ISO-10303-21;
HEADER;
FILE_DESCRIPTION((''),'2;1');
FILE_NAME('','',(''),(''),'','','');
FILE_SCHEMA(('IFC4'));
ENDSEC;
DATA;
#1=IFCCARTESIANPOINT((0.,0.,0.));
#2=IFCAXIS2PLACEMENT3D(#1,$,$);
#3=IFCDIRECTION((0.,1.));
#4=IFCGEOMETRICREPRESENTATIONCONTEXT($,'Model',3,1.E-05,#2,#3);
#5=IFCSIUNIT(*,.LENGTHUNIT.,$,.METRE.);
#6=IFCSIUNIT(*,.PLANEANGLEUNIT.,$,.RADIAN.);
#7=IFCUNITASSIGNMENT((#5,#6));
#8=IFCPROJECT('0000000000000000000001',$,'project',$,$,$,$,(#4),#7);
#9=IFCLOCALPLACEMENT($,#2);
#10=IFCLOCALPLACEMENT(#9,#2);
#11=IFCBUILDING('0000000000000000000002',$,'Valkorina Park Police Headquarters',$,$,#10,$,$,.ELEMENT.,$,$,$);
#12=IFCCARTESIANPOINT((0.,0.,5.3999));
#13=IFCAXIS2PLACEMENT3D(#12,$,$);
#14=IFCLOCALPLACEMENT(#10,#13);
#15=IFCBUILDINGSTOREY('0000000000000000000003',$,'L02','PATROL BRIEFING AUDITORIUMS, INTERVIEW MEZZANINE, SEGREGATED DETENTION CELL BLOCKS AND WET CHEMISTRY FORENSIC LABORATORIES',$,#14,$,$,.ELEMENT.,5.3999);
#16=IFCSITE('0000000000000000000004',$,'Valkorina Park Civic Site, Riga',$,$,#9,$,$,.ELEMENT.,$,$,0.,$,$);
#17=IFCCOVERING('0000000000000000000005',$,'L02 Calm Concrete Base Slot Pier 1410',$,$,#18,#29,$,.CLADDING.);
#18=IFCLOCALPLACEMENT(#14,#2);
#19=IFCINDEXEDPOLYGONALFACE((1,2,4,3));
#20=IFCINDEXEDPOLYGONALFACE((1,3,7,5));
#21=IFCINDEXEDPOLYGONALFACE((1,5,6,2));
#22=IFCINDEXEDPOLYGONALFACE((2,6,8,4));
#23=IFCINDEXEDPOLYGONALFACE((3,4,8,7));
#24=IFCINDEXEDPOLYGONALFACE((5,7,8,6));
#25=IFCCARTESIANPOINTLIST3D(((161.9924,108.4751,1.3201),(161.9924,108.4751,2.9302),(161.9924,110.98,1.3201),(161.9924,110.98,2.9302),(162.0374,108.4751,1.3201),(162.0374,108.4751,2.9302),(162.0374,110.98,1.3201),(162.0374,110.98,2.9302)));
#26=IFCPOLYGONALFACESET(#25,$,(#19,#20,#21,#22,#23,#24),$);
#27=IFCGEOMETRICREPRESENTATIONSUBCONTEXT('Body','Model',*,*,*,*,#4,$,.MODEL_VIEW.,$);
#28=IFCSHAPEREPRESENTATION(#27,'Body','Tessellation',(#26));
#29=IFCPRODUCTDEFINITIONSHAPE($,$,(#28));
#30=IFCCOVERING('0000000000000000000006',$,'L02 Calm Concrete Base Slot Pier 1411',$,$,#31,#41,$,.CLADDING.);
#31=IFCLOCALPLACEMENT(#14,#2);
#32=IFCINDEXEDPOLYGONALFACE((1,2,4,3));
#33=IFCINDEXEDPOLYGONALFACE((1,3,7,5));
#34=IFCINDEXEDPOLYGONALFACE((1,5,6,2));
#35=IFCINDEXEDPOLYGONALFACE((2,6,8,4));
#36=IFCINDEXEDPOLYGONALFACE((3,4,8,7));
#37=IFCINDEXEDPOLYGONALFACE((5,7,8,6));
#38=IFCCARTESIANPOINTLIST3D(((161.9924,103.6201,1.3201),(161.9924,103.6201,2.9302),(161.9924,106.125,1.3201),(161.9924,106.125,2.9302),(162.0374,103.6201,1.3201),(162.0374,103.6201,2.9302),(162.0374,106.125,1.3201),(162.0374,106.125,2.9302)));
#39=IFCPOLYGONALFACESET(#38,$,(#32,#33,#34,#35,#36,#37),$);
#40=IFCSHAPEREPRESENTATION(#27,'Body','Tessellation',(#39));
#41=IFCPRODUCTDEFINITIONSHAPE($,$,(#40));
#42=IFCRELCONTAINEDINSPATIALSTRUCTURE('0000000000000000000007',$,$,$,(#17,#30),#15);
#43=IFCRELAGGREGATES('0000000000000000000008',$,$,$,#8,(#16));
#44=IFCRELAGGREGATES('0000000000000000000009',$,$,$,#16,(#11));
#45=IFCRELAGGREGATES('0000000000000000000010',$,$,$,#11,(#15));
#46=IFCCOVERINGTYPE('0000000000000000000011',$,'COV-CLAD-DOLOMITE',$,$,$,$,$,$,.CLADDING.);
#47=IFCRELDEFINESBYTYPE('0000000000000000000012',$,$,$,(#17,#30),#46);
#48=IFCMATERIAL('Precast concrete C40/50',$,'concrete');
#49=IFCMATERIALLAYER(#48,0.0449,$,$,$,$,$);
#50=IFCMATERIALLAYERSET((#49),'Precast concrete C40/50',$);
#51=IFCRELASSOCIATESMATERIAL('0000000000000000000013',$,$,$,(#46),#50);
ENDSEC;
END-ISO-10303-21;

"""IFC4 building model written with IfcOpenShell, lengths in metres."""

from ifc_helpers import new_model, si_unit, direction, frame, frame_2d, origin, place, context, subcontext, project, spatial, rectangle, extrude, material, layer, layer_set, type_object, element, save


model = new_model("IFC4")

# Units and contexts
model_context = context("Model", 3, precision=1e-05, world=origin(), true_north=direction((0.0, 1.0)))
body_context = subcontext(model_context, "Body", "Model", "MODEL_VIEW")
ifc_project = project(units=[si_unit("LENGTHUNIT", "METRE"), si_unit("PLANEANGLEUNIT", "RADIAN")], contexts=[model_context])

# Site, building, storey
site_placement = place(None, origin())
site = spatial("IfcSite", under=ifc_project, at=site_placement, Name="Valkorina Park Civic Site, Riga", CompositionType="ELEMENT", RefElevation=0.0)
building_placement = place(site_placement, origin())
building = spatial("IfcBuilding", under=site, at=building_placement, Name="Valkorina Park Police Headquarters", CompositionType="ELEMENT")
storey_placement = place(building_placement, frame((0.0, 0.0, 5.3999)))
storey = spatial("IfcBuildingStorey", under=building, at=storey_placement, Name="L02", Description="PATROL BRIEFING AUDITORIUMS, INTERVIEW MEZZANINE, SEGREGATED DETENTION CELL BLOCKS AND WET CHEMISTRY FORENSIC LABORATORIES", CompositionType="ELEMENT", Elevation=5.3999)

# Shared definitions
ifc_material_1 = material(Name="Precast concrete C40/50", Category="concrete")

# Coverings
ifc_layer_1 = layer(ifc_material_1, 0.0449)
ifc_layer_set_1 = layer_set([ifc_layer_1], Name="Precast concrete C40/50")
covering_type = type_object("IfcCoveringType", Name="COV-CLAD-DOLOMITE", PredefinedType="CLADDING", material=ifc_layer_set_1)
for number, where, z_axis, x_axis, name in (
    (1, (162.0149, 110.98, 1.3201), (0.0, 0.0, 1.0), (0.0, -1.0, 0.0), "L02 Calm Concrete Base Slot Pier 1410"),
    (2, (162.0149, 106.125, 1.3201), (0.0, 0.0, 1.0), (0.0, -1.0, 0.0), "L02 Calm Concrete Base Slot Pier 1411"),
):
    element("IfcCovering", number, at=place(storey_placement, frame(where, z_axis=z_axis, x_axis=x_axis)), inside=storey, type_object=covering_type, Name=name, PredefinedType="CLADDING", context=body_context, shape_type="SweptSolid", body=[
        extrude(rectangle(XDim=2.5049, YDim=0.0449, at=frame_2d((1.2524, 0.0))), origin(), (0.0, 0.0, 1.0), 1.6101),
    ])

save(model, "model.ifc")
